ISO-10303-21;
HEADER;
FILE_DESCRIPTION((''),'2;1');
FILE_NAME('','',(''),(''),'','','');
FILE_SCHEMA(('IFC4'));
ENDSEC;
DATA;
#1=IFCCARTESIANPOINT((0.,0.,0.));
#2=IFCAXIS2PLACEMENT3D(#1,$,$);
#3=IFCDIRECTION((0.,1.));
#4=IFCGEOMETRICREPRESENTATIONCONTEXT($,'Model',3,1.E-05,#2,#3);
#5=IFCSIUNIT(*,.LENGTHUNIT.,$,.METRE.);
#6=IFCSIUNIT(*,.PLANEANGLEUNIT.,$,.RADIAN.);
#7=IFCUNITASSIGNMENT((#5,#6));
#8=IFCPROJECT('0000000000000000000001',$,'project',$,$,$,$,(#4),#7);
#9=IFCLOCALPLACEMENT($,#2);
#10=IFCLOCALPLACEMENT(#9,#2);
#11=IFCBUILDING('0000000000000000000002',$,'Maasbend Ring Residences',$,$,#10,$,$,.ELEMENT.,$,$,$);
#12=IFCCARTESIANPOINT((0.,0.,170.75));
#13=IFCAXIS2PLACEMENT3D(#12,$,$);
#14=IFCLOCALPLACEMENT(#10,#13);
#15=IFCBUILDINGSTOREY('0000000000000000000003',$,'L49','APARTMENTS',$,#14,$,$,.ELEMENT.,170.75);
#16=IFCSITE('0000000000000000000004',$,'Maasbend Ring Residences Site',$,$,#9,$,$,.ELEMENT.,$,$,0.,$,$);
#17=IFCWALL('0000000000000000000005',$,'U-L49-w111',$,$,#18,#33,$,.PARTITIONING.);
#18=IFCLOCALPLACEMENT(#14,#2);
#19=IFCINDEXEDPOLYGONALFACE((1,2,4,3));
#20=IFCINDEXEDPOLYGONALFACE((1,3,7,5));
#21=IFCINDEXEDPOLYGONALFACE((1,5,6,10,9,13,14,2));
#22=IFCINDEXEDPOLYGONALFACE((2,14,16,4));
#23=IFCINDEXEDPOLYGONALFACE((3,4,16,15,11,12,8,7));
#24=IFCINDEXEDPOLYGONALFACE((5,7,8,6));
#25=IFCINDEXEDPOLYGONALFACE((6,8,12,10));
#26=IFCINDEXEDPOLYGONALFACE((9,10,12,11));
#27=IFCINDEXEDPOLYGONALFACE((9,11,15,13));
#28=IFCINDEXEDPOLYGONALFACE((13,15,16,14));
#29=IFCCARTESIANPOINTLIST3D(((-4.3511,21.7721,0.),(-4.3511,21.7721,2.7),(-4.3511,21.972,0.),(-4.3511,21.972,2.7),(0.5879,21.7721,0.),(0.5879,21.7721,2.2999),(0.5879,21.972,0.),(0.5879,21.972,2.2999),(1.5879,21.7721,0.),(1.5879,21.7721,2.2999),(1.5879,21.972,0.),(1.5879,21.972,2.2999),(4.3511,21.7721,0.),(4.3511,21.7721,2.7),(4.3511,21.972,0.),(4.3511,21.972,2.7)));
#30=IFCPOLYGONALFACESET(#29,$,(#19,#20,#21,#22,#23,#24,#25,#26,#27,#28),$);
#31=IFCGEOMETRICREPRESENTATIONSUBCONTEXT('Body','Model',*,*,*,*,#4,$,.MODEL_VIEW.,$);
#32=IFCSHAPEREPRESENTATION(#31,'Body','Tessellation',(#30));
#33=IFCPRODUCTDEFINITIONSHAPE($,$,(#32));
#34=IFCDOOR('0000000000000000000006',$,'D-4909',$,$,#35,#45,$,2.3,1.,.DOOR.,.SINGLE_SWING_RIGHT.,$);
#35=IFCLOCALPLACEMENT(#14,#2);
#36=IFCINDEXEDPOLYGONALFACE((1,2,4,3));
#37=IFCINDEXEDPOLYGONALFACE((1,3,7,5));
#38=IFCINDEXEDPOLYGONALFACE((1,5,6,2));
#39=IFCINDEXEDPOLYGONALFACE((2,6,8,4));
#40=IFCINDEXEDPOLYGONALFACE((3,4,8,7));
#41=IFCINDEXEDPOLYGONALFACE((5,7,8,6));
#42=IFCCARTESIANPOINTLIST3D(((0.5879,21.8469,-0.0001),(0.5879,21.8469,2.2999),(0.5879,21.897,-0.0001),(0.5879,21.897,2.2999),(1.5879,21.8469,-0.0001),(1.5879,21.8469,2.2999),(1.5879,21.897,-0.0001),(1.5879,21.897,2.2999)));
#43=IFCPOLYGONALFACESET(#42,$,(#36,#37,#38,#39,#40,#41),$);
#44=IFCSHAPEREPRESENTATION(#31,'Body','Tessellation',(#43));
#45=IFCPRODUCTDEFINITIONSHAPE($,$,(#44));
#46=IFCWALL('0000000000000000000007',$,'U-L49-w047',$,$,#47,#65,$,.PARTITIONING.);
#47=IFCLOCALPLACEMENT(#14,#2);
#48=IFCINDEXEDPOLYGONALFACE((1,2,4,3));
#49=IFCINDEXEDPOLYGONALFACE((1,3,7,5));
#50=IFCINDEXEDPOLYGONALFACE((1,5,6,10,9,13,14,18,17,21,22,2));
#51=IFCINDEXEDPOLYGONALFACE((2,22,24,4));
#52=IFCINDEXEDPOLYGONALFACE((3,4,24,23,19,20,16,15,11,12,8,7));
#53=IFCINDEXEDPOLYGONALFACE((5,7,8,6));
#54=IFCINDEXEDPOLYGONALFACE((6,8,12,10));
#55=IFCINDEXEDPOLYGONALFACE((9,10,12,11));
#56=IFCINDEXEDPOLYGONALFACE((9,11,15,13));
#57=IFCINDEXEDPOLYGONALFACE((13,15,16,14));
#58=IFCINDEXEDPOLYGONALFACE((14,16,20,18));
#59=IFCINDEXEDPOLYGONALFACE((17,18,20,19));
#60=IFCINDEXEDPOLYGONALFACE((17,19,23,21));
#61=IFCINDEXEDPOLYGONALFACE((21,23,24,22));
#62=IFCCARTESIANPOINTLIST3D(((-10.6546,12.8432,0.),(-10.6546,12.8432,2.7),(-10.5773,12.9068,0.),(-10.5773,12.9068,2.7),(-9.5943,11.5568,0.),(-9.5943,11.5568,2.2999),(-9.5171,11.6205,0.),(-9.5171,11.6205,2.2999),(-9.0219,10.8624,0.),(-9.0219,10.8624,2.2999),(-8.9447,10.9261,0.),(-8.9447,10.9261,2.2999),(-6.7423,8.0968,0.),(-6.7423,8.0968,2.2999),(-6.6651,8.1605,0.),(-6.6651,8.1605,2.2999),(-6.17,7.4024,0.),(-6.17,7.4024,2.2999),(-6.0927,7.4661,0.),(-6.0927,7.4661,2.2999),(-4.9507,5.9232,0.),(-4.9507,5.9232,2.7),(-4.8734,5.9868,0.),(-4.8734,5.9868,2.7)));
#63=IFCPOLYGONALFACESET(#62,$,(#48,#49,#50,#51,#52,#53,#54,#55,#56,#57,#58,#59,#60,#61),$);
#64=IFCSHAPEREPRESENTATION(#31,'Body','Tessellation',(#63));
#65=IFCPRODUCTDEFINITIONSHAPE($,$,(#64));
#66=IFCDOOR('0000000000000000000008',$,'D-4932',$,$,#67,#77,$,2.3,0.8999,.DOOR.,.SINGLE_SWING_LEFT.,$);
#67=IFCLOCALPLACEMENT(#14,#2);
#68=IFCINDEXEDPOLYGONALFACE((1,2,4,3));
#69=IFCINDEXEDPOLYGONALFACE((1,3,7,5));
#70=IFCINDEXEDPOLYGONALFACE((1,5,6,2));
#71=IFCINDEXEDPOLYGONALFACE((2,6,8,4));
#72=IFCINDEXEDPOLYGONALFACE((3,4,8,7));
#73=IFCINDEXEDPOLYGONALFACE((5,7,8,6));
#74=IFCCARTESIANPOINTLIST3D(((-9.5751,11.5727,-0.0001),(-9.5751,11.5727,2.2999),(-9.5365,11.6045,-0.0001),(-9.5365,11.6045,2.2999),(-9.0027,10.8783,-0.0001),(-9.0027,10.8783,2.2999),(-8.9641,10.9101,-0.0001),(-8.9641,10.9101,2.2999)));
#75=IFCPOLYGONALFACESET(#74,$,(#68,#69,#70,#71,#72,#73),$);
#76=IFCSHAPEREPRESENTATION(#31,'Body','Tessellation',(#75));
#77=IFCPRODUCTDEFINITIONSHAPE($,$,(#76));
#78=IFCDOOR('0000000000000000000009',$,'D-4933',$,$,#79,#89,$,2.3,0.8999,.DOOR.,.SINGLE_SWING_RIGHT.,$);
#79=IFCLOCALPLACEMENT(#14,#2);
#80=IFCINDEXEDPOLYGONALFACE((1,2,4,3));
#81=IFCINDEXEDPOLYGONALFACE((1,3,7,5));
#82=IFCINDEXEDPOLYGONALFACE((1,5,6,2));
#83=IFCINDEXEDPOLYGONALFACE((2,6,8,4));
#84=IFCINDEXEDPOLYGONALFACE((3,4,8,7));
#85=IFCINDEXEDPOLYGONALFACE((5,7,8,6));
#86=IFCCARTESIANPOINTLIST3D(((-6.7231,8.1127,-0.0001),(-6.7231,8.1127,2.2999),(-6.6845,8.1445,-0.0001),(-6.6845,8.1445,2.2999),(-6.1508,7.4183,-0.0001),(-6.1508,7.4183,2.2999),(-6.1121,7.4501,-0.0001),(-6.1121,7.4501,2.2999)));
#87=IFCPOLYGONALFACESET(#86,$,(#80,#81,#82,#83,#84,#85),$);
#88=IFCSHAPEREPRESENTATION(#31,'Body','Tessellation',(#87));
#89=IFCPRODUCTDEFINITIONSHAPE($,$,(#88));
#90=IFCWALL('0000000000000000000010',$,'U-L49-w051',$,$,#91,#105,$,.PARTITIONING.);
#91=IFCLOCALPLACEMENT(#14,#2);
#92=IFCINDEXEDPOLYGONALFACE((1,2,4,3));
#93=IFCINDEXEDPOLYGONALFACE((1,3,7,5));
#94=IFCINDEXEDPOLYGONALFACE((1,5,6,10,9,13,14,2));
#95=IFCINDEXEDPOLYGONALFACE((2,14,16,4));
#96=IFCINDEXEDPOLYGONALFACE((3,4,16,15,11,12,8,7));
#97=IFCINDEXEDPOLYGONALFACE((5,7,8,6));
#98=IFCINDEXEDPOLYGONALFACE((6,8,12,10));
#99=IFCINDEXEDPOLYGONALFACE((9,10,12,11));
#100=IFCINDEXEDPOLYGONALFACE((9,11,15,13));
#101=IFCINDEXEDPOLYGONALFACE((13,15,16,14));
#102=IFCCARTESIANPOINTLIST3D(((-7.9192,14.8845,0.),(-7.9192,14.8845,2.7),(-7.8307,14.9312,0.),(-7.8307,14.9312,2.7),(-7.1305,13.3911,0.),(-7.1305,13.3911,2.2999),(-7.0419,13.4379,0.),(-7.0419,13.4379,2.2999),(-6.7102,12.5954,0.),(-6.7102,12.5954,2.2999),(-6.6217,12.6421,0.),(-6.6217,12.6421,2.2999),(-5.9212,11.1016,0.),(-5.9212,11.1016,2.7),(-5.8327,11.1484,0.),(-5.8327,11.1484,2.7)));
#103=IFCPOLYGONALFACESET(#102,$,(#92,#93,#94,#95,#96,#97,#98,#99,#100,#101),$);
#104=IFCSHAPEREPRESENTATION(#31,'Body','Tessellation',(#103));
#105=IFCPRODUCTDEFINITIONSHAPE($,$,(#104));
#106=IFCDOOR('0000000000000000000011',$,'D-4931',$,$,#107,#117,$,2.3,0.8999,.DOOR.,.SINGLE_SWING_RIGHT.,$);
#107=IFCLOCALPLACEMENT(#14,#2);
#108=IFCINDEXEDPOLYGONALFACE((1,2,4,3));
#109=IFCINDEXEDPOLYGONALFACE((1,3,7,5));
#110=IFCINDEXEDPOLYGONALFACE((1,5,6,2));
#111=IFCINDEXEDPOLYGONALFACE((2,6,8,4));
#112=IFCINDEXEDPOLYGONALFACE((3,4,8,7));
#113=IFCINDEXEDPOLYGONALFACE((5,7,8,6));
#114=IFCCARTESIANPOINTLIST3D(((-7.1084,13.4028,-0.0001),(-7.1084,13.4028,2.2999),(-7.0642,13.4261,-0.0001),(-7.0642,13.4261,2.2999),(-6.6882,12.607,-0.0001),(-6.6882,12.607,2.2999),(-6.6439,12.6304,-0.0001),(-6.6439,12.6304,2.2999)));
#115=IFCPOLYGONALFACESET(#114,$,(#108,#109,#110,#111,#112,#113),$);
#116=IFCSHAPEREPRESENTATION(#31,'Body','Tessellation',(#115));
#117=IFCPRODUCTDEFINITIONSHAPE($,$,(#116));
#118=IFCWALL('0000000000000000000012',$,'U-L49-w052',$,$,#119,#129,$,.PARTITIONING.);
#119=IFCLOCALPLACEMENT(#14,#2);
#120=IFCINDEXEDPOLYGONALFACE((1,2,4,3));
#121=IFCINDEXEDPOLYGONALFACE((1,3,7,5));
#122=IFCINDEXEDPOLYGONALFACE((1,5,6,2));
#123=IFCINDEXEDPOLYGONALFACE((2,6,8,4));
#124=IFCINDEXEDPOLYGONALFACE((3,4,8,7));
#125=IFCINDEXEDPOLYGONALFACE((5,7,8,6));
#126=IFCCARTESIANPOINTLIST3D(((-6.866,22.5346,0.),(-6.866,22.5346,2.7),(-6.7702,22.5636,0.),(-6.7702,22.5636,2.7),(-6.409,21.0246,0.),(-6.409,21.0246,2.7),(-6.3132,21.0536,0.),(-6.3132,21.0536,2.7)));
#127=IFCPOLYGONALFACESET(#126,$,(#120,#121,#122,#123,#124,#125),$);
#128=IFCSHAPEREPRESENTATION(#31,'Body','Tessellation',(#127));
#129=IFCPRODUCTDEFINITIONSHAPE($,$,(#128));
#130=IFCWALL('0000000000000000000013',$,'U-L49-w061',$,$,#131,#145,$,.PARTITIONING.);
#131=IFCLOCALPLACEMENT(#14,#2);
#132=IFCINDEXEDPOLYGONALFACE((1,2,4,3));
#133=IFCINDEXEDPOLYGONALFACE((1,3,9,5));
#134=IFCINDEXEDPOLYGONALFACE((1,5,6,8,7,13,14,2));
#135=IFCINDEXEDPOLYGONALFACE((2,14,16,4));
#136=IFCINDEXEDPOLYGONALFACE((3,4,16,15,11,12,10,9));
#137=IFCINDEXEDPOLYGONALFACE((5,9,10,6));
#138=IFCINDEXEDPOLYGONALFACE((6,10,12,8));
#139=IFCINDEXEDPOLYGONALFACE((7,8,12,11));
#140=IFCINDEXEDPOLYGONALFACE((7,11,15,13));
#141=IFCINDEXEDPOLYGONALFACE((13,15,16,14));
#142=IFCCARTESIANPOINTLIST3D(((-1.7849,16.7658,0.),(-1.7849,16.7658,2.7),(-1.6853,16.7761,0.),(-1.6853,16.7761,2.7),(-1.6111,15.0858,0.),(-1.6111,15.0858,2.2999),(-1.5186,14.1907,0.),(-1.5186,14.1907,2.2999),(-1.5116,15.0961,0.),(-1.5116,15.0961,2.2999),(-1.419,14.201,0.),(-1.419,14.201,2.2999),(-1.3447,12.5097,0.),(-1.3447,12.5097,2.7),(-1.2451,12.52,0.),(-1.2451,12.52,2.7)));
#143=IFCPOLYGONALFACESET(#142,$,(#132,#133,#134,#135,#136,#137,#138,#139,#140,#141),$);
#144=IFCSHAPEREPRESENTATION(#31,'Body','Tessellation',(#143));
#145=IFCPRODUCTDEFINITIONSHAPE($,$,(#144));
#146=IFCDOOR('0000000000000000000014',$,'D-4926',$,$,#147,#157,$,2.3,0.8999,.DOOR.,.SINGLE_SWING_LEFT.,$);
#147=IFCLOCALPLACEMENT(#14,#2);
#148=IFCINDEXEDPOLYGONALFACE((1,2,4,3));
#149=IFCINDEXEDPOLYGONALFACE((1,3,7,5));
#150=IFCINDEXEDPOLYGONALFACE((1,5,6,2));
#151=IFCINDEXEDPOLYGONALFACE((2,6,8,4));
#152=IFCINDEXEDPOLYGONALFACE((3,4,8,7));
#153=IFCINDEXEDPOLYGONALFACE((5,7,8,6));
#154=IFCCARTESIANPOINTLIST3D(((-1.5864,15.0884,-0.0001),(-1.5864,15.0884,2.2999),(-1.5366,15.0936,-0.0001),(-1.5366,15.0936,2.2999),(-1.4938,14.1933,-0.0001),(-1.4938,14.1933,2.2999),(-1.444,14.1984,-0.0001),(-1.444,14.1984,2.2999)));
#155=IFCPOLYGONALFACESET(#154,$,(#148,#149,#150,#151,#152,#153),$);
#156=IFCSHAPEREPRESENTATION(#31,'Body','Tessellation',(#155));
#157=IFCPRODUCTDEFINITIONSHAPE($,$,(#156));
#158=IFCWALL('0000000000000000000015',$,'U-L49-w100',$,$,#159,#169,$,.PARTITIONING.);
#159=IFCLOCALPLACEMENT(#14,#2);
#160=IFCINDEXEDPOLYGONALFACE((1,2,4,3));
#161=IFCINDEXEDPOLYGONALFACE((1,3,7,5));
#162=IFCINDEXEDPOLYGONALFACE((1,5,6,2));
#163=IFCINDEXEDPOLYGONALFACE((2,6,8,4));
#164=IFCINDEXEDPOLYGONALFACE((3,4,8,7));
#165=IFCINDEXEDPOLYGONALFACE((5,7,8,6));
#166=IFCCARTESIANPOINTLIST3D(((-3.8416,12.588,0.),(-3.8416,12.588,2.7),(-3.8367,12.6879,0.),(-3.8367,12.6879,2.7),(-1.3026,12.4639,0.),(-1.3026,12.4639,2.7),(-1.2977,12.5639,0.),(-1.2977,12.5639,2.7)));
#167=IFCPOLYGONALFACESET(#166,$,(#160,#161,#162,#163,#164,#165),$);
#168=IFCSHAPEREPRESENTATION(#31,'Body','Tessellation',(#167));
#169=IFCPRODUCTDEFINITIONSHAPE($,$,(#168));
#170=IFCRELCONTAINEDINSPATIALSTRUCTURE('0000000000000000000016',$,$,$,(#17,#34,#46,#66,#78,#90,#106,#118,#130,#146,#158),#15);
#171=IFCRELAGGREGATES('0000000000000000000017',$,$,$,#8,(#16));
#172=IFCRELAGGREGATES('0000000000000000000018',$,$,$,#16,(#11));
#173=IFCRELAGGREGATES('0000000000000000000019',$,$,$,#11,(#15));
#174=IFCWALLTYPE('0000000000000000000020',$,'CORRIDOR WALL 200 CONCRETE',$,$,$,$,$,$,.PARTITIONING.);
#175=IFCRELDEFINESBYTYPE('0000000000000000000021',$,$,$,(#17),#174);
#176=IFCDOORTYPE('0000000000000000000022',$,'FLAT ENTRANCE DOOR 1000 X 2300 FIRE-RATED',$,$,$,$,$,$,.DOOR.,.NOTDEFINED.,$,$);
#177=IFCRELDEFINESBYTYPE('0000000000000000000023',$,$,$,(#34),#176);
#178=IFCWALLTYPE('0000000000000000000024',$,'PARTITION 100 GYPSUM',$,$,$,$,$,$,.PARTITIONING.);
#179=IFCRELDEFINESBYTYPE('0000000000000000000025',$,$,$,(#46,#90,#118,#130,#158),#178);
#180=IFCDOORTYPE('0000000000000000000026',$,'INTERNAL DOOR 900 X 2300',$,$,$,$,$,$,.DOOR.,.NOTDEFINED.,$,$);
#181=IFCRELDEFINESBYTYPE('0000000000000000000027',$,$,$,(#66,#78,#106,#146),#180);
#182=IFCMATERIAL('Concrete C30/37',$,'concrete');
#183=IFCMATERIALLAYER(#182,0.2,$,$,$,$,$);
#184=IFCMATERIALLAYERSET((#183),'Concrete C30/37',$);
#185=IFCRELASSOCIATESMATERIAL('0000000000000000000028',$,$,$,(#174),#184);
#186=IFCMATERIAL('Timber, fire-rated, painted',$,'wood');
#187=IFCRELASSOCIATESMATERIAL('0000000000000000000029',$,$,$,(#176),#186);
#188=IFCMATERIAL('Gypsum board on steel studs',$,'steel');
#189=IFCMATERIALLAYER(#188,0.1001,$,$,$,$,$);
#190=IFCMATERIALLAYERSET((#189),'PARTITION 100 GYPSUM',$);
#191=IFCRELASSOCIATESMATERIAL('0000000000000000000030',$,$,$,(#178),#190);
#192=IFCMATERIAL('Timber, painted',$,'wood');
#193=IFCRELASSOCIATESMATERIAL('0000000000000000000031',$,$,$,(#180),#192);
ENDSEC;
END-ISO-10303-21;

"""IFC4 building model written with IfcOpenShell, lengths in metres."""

from ifc_helpers import new_model, si_unit, direction, frame, frame_2d, origin, place, context, subcontext, project, spatial, rectangle, extrude, material, layer, layer_set, type_object, element, fill, save


model = new_model("IFC4")

# Units and contexts
model_context = context("Model", 3, precision=1e-05, world=origin(), true_north=direction((0.0, 1.0)))
body_context = subcontext(model_context, "Body", "Model", "MODEL_VIEW")
ifc_project = project(units=[si_unit("LENGTHUNIT", "METRE"), si_unit("PLANEANGLEUNIT", "RADIAN")], contexts=[model_context])

# Site, building, storey
site_placement = place(None, origin())
site = spatial("IfcSite", under=ifc_project, at=site_placement, Name="Maasbend Ring Residences Site", CompositionType="ELEMENT", RefElevation=0.0)
building_placement = place(site_placement, origin())
building = spatial("IfcBuilding", under=site, at=building_placement, Name="Maasbend Ring Residences", CompositionType="ELEMENT")
storey_placement = place(building_placement, frame((0.0, 0.0, 170.75)))
storey = spatial("IfcBuildingStorey", under=building, at=storey_placement, Name="L49", Description="APARTMENTS", CompositionType="ELEMENT", Elevation=170.75)

# Wall, opening, door
ifc_material_1 = material(Name="Concrete C30/37", Category="concrete")
ifc_layer_1 = layer(ifc_material_1, 0.2)
ifc_layer_set_1 = layer_set([ifc_layer_1], Name="Concrete C30/37")
wall_type_1 = type_object("IfcWallType", Name="CORRIDOR WALL 200 CONCRETE", PredefinedType="PARTITIONING", material=ifc_layer_set_1)
ifc_material_2 = material(Name="Timber, fire-rated, painted", Category="wood")
door_type_1 = type_object("IfcDoorType", Name="FLAT ENTRANCE DOOR 1000 X 2300 FIRE-RATED", OperationType="NOTDEFINED", PredefinedType="DOOR", material=ifc_material_2)
wall_1_placement = place(storey_placement, frame((-4.3511, 21.8721, 0.0), z_axis=(0.0, 0.0, 1.0), x_axis=(1.0, 0.0, 0.0)))
wall_1 = element("IfcWall", 1, at=wall_1_placement, inside=storey, type_object=wall_type_1, Name="U-L49-w111", PredefinedType="PARTITIONING", context=body_context, shape_type="SweptSolid", body=[
    extrude(rectangle(XDim=8.7021, YDim=0.2, at=frame_2d((4.3511, 0.0))), origin(), (0.0, 0.0, 1.0), 2.7),
])
opening_1_placement = place(wall_1_placement, frame((4.939, 0.0, 0.0)))
opening_1 = element("IfcOpeningElement", 2, at=opening_1_placement, cuts=wall_1, PredefinedType="OPENING", context=body_context, shape_type="SweptSolid", body=[
    extrude(rectangle(XDim=1.0, YDim=2.3, at=frame_2d((0.5, 1.1499))), frame((0.0, 0.1099, 0.0), z_axis=(0.0, -1.0, 0.0), x_axis=(1.0, 0.0, 0.0)), (0.0, 0.0, 1.0), 0.22),
])
door_1_placement = place(opening_1_placement, origin())
door_1 = element("IfcDoor", 3, at=door_1_placement, inside=storey, type_object=door_type_1, Name="D-4909", OperationType="SINGLE_SWING_RIGHT", OverallHeight=2.3, OverallWidth=1.0, PredefinedType="DOOR", context=body_context, shape_type="SweptSolid", body=[
    extrude(rectangle(XDim=1.0, YDim=2.3, at=frame_2d((0.5, 1.1499))), frame((0.0, 0.0249, 0.0), z_axis=(0.0, -1.0, 0.0), x_axis=(1.0, 0.0, 0.0)), (0.0, 0.0, 1.0), 0.05),
])
fill(opening_1, door_1)

# Wall, openings, doors
ifc_material_3 = material(Name="Gypsum board on steel studs", Category="steel")
ifc_layer_2 = layer(ifc_material_3, 0.1001)
ifc_layer_set_2 = layer_set([ifc_layer_2], Name="PARTITION 100 GYPSUM")
wall_type_2 = type_object("IfcWallType", Name="PARTITION 100 GYPSUM", PredefinedType="PARTITIONING", material=ifc_layer_set_2)
wall_2_placement = place(storey_placement, frame((-10.616, 12.875, 0.0), z_axis=(0.0, 0.0, 1.0), x_axis=(0.636046, -0.771651, 0.0)))
wall_2 = element("IfcWall", 4, at=wall_2_placement, inside=storey, type_object=wall_type_2, Name="U-L49-w047", PredefinedType="PARTITIONING", context=body_context, shape_type="SweptSolid", body=[
    extrude(rectangle(XDim=8.9678, YDim=0.1001, at=frame_2d((4.4839, 0.0))), origin(), (0.0, 0.0, 1.0), 2.7),
])
opening_2_placement = place(wall_2_placement, frame((1.667, 0.0, 0.0)))
opening_2 = element("IfcOpeningElement", 5, at=opening_2_placement, cuts=wall_2, PredefinedType="OPENING", context=body_context, shape_type="SweptSolid", body=[
    extrude(rectangle(XDim=0.8999, YDim=2.3, at=frame_2d((0.45, 1.1499))), frame((0.0, 0.0601, 0.0), z_axis=(0.0, -1.0, 0.0), x_axis=(1.0, 0.0, 0.0)), (0.0, 0.0, 1.0), 0.1201),
])
opening_3_placement = place(wall_2_placement, frame((6.1509, 0.0, 0.0)))
opening_3 = element("IfcOpeningElement", 6, at=opening_3_placement, cuts=wall_2, PredefinedType="OPENING", context=body_context, shape_type="SweptSolid", body=[
    extrude(rectangle(XDim=0.8999, YDim=2.3, at=frame_2d((0.45, 1.1499))), frame((0.0, 0.0601, 0.0), z_axis=(0.0, -1.0, 0.0), x_axis=(1.0, 0.0, 0.0)), (0.0, 0.0, 1.0), 0.1201),
])
ifc_material_4 = material(Name="Timber, painted", Category="wood")
door_type_2 = type_object("IfcDoorType", Name="INTERNAL DOOR 900 X 2300", OperationType="NOTDEFINED", PredefinedType="DOOR", material=ifc_material_4)
door_2_placement = place(opening_2_placement, origin())
door_2 = element("IfcDoor", 7, at=door_2_placement, inside=storey, type_object=door_type_2, Name="D-4932", OperationType="SINGLE_SWING_LEFT", OverallHeight=2.3, OverallWidth=0.8999, PredefinedType="DOOR", context=body_context, shape_type="SweptSolid", body=[
    extrude(rectangle(XDim=0.8999, YDim=2.3, at=frame_2d((0.45, 1.1499))), frame((0.0, 0.0249, 0.0), z_axis=(0.0, -1.0, 0.0), x_axis=(1.0, 0.0, 0.0)), (0.0, 0.0, 1.0), 0.05),
])
fill(opening_2, door_2)
door_3_placement = place(opening_3_placement, origin())
door_3 = element("IfcDoor", 8, at=door_3_placement, inside=storey, type_object=door_type_2, Name="D-4933", OperationType="SINGLE_SWING_RIGHT", OverallHeight=2.3, OverallWidth=0.8999, PredefinedType="DOOR", context=body_context, shape_type="SweptSolid", body=[
    extrude(rectangle(XDim=0.8999, YDim=2.3, at=frame_2d((0.45, 1.1499))), frame((0.0, 0.0249, 0.0), z_axis=(0.0, -1.0, 0.0), x_axis=(1.0, 0.0, 0.0)), (0.0, 0.0, 1.0), 0.05),
])
fill(opening_3, door_3)

# Wall, opening, door
wall_3_placement = place(storey_placement, frame((-7.875, 14.908, 0.0), z_axis=(0.0, 0.0, 1.0), x_axis=(0.46703, -0.884241, 0.0)))
wall_3 = element("IfcWall", 9, at=wall_3_placement, inside=storey, type_object=wall_type_2, Name="U-L49-w051", PredefinedType="PARTITIONING", context=body_context, shape_type="SweptSolid", body=[
    extrude(rectangle(XDim=4.2781, YDim=0.1001, at=frame_2d((2.1392, 0.0))), origin(), (0.0, 0.0, 1.0), 2.7),
])
opening_4_placement = place(wall_3_placement, frame((1.689, 0.0, 0.0)))
opening_4 = element("IfcOpeningElement", 10, at=opening_4_placement, cuts=wall_3, PredefinedType="OPENING", context=body_context, shape_type="SweptSolid", body=[
    extrude(rectangle(XDim=0.8999, YDim=2.3, at=frame_2d((0.45, 1.1499))), frame((0.0, 0.0601, 0.0), z_axis=(0.0, -1.0, 0.0), x_axis=(1.0, 0.0, 0.0)), (0.0, 0.0, 1.0), 0.1201),
])
door_4_placement = place(opening_4_placement, origin())
door_4 = element("IfcDoor", 11, at=door_4_placement, inside=storey, type_object=door_type_2, Name="D-4931", OperationType="SINGLE_SWING_RIGHT", OverallHeight=2.3, OverallWidth=0.8999, PredefinedType="DOOR", context=body_context, shape_type="SweptSolid", body=[
    extrude(rectangle(XDim=0.8999, YDim=2.3, at=frame_2d((0.45, 1.1499))), frame((0.0, 0.0249, 0.0), z_axis=(0.0, -1.0, 0.0), x_axis=(1.0, 0.0, 0.0)), (0.0, 0.0, 1.0), 0.05),
])
fill(opening_4, door_4)

# Wall
wall_4_placement = place(storey_placement, frame((-6.8181, 22.5491, 0.0), z_axis=(0.0, 0.0, 1.0), x_axis=(0.28969, -0.957121, 0.0)))
element("IfcWall", 12, at=wall_4_placement, inside=storey, type_object=wall_type_2, Name="U-L49-w052", PredefinedType="PARTITIONING", context=body_context, shape_type="SweptSolid", body=[
    extrude(rectangle(XDim=1.5776, YDim=0.1001, at=frame_2d((0.7888, 0.0))), origin(), (0.0, 0.0, 1.0), 2.7),
])

# Wall, opening, door
wall_5_placement = place(storey_placement, frame((-1.7351, 16.771, 0.0), z_axis=(0.0, 0.0, 1.0), x_axis=(0.102876, -0.994694, 0.0)))
wall_5 = element("IfcWall", 13, at=wall_5_placement, inside=storey, type_object=wall_type_2, Name="U-L49-w061", PredefinedType="PARTITIONING", context=body_context, shape_type="SweptSolid", body=[
    extrude(rectangle(XDim=4.2788, YDim=0.1001, at=frame_2d((2.1394, 0.0))), origin(), (0.0, 0.0, 1.0), 2.7),
])
opening_5_placement = place(wall_5_placement, frame((1.689, 0.0, 0.0)))
opening_5 = element("IfcOpeningElement", 14, at=opening_5_placement, cuts=wall_5, PredefinedType="OPENING", context=body_context, shape_type="SweptSolid", body=[
    extrude(rectangle(XDim=0.8999, YDim=2.3, at=frame_2d((0.45, 1.1499))), frame((0.0, 0.0601, 0.0), z_axis=(0.0, -1.0, 0.0), x_axis=(1.0, 0.0, 0.0)), (0.0, 0.0, 1.0), 0.1201),
])
door_5_placement = place(opening_5_placement, origin())
door_5 = element("IfcDoor", 15, at=door_5_placement, inside=storey, type_object=door_type_2, Name="D-4926", OperationType="SINGLE_SWING_LEFT", OverallHeight=2.3, OverallWidth=0.8999, PredefinedType="DOOR", context=body_context, shape_type="SweptSolid", body=[
    extrude(rectangle(XDim=0.8999, YDim=2.3, at=frame_2d((0.45, 1.1499))), frame((0.0, 0.0249, 0.0), z_axis=(0.0, -1.0, 0.0), x_axis=(1.0, 0.0, 0.0)), (0.0, 0.0, 1.0), 0.05),
])
fill(opening_5, door_5)

# Wall
wall_6_placement = place(storey_placement, frame((-3.8391, 12.6379, 0.0), z_axis=(0.0, 0.0, 1.0), x_axis=(0.998809, -0.048788, 0.0)))
element("IfcWall", 16, at=wall_6_placement, inside=storey, type_object=wall_type_2, Name="U-L49-w100", PredefinedType="PARTITIONING", context=body_context, shape_type="SweptSolid", body=[
    extrude(rectangle(XDim=2.542, YDim=0.1001, at=frame_2d((1.271, 0.0))), origin(), (0.0, 0.0, 1.0), 2.7),
])

save(model, "model.ifc")
